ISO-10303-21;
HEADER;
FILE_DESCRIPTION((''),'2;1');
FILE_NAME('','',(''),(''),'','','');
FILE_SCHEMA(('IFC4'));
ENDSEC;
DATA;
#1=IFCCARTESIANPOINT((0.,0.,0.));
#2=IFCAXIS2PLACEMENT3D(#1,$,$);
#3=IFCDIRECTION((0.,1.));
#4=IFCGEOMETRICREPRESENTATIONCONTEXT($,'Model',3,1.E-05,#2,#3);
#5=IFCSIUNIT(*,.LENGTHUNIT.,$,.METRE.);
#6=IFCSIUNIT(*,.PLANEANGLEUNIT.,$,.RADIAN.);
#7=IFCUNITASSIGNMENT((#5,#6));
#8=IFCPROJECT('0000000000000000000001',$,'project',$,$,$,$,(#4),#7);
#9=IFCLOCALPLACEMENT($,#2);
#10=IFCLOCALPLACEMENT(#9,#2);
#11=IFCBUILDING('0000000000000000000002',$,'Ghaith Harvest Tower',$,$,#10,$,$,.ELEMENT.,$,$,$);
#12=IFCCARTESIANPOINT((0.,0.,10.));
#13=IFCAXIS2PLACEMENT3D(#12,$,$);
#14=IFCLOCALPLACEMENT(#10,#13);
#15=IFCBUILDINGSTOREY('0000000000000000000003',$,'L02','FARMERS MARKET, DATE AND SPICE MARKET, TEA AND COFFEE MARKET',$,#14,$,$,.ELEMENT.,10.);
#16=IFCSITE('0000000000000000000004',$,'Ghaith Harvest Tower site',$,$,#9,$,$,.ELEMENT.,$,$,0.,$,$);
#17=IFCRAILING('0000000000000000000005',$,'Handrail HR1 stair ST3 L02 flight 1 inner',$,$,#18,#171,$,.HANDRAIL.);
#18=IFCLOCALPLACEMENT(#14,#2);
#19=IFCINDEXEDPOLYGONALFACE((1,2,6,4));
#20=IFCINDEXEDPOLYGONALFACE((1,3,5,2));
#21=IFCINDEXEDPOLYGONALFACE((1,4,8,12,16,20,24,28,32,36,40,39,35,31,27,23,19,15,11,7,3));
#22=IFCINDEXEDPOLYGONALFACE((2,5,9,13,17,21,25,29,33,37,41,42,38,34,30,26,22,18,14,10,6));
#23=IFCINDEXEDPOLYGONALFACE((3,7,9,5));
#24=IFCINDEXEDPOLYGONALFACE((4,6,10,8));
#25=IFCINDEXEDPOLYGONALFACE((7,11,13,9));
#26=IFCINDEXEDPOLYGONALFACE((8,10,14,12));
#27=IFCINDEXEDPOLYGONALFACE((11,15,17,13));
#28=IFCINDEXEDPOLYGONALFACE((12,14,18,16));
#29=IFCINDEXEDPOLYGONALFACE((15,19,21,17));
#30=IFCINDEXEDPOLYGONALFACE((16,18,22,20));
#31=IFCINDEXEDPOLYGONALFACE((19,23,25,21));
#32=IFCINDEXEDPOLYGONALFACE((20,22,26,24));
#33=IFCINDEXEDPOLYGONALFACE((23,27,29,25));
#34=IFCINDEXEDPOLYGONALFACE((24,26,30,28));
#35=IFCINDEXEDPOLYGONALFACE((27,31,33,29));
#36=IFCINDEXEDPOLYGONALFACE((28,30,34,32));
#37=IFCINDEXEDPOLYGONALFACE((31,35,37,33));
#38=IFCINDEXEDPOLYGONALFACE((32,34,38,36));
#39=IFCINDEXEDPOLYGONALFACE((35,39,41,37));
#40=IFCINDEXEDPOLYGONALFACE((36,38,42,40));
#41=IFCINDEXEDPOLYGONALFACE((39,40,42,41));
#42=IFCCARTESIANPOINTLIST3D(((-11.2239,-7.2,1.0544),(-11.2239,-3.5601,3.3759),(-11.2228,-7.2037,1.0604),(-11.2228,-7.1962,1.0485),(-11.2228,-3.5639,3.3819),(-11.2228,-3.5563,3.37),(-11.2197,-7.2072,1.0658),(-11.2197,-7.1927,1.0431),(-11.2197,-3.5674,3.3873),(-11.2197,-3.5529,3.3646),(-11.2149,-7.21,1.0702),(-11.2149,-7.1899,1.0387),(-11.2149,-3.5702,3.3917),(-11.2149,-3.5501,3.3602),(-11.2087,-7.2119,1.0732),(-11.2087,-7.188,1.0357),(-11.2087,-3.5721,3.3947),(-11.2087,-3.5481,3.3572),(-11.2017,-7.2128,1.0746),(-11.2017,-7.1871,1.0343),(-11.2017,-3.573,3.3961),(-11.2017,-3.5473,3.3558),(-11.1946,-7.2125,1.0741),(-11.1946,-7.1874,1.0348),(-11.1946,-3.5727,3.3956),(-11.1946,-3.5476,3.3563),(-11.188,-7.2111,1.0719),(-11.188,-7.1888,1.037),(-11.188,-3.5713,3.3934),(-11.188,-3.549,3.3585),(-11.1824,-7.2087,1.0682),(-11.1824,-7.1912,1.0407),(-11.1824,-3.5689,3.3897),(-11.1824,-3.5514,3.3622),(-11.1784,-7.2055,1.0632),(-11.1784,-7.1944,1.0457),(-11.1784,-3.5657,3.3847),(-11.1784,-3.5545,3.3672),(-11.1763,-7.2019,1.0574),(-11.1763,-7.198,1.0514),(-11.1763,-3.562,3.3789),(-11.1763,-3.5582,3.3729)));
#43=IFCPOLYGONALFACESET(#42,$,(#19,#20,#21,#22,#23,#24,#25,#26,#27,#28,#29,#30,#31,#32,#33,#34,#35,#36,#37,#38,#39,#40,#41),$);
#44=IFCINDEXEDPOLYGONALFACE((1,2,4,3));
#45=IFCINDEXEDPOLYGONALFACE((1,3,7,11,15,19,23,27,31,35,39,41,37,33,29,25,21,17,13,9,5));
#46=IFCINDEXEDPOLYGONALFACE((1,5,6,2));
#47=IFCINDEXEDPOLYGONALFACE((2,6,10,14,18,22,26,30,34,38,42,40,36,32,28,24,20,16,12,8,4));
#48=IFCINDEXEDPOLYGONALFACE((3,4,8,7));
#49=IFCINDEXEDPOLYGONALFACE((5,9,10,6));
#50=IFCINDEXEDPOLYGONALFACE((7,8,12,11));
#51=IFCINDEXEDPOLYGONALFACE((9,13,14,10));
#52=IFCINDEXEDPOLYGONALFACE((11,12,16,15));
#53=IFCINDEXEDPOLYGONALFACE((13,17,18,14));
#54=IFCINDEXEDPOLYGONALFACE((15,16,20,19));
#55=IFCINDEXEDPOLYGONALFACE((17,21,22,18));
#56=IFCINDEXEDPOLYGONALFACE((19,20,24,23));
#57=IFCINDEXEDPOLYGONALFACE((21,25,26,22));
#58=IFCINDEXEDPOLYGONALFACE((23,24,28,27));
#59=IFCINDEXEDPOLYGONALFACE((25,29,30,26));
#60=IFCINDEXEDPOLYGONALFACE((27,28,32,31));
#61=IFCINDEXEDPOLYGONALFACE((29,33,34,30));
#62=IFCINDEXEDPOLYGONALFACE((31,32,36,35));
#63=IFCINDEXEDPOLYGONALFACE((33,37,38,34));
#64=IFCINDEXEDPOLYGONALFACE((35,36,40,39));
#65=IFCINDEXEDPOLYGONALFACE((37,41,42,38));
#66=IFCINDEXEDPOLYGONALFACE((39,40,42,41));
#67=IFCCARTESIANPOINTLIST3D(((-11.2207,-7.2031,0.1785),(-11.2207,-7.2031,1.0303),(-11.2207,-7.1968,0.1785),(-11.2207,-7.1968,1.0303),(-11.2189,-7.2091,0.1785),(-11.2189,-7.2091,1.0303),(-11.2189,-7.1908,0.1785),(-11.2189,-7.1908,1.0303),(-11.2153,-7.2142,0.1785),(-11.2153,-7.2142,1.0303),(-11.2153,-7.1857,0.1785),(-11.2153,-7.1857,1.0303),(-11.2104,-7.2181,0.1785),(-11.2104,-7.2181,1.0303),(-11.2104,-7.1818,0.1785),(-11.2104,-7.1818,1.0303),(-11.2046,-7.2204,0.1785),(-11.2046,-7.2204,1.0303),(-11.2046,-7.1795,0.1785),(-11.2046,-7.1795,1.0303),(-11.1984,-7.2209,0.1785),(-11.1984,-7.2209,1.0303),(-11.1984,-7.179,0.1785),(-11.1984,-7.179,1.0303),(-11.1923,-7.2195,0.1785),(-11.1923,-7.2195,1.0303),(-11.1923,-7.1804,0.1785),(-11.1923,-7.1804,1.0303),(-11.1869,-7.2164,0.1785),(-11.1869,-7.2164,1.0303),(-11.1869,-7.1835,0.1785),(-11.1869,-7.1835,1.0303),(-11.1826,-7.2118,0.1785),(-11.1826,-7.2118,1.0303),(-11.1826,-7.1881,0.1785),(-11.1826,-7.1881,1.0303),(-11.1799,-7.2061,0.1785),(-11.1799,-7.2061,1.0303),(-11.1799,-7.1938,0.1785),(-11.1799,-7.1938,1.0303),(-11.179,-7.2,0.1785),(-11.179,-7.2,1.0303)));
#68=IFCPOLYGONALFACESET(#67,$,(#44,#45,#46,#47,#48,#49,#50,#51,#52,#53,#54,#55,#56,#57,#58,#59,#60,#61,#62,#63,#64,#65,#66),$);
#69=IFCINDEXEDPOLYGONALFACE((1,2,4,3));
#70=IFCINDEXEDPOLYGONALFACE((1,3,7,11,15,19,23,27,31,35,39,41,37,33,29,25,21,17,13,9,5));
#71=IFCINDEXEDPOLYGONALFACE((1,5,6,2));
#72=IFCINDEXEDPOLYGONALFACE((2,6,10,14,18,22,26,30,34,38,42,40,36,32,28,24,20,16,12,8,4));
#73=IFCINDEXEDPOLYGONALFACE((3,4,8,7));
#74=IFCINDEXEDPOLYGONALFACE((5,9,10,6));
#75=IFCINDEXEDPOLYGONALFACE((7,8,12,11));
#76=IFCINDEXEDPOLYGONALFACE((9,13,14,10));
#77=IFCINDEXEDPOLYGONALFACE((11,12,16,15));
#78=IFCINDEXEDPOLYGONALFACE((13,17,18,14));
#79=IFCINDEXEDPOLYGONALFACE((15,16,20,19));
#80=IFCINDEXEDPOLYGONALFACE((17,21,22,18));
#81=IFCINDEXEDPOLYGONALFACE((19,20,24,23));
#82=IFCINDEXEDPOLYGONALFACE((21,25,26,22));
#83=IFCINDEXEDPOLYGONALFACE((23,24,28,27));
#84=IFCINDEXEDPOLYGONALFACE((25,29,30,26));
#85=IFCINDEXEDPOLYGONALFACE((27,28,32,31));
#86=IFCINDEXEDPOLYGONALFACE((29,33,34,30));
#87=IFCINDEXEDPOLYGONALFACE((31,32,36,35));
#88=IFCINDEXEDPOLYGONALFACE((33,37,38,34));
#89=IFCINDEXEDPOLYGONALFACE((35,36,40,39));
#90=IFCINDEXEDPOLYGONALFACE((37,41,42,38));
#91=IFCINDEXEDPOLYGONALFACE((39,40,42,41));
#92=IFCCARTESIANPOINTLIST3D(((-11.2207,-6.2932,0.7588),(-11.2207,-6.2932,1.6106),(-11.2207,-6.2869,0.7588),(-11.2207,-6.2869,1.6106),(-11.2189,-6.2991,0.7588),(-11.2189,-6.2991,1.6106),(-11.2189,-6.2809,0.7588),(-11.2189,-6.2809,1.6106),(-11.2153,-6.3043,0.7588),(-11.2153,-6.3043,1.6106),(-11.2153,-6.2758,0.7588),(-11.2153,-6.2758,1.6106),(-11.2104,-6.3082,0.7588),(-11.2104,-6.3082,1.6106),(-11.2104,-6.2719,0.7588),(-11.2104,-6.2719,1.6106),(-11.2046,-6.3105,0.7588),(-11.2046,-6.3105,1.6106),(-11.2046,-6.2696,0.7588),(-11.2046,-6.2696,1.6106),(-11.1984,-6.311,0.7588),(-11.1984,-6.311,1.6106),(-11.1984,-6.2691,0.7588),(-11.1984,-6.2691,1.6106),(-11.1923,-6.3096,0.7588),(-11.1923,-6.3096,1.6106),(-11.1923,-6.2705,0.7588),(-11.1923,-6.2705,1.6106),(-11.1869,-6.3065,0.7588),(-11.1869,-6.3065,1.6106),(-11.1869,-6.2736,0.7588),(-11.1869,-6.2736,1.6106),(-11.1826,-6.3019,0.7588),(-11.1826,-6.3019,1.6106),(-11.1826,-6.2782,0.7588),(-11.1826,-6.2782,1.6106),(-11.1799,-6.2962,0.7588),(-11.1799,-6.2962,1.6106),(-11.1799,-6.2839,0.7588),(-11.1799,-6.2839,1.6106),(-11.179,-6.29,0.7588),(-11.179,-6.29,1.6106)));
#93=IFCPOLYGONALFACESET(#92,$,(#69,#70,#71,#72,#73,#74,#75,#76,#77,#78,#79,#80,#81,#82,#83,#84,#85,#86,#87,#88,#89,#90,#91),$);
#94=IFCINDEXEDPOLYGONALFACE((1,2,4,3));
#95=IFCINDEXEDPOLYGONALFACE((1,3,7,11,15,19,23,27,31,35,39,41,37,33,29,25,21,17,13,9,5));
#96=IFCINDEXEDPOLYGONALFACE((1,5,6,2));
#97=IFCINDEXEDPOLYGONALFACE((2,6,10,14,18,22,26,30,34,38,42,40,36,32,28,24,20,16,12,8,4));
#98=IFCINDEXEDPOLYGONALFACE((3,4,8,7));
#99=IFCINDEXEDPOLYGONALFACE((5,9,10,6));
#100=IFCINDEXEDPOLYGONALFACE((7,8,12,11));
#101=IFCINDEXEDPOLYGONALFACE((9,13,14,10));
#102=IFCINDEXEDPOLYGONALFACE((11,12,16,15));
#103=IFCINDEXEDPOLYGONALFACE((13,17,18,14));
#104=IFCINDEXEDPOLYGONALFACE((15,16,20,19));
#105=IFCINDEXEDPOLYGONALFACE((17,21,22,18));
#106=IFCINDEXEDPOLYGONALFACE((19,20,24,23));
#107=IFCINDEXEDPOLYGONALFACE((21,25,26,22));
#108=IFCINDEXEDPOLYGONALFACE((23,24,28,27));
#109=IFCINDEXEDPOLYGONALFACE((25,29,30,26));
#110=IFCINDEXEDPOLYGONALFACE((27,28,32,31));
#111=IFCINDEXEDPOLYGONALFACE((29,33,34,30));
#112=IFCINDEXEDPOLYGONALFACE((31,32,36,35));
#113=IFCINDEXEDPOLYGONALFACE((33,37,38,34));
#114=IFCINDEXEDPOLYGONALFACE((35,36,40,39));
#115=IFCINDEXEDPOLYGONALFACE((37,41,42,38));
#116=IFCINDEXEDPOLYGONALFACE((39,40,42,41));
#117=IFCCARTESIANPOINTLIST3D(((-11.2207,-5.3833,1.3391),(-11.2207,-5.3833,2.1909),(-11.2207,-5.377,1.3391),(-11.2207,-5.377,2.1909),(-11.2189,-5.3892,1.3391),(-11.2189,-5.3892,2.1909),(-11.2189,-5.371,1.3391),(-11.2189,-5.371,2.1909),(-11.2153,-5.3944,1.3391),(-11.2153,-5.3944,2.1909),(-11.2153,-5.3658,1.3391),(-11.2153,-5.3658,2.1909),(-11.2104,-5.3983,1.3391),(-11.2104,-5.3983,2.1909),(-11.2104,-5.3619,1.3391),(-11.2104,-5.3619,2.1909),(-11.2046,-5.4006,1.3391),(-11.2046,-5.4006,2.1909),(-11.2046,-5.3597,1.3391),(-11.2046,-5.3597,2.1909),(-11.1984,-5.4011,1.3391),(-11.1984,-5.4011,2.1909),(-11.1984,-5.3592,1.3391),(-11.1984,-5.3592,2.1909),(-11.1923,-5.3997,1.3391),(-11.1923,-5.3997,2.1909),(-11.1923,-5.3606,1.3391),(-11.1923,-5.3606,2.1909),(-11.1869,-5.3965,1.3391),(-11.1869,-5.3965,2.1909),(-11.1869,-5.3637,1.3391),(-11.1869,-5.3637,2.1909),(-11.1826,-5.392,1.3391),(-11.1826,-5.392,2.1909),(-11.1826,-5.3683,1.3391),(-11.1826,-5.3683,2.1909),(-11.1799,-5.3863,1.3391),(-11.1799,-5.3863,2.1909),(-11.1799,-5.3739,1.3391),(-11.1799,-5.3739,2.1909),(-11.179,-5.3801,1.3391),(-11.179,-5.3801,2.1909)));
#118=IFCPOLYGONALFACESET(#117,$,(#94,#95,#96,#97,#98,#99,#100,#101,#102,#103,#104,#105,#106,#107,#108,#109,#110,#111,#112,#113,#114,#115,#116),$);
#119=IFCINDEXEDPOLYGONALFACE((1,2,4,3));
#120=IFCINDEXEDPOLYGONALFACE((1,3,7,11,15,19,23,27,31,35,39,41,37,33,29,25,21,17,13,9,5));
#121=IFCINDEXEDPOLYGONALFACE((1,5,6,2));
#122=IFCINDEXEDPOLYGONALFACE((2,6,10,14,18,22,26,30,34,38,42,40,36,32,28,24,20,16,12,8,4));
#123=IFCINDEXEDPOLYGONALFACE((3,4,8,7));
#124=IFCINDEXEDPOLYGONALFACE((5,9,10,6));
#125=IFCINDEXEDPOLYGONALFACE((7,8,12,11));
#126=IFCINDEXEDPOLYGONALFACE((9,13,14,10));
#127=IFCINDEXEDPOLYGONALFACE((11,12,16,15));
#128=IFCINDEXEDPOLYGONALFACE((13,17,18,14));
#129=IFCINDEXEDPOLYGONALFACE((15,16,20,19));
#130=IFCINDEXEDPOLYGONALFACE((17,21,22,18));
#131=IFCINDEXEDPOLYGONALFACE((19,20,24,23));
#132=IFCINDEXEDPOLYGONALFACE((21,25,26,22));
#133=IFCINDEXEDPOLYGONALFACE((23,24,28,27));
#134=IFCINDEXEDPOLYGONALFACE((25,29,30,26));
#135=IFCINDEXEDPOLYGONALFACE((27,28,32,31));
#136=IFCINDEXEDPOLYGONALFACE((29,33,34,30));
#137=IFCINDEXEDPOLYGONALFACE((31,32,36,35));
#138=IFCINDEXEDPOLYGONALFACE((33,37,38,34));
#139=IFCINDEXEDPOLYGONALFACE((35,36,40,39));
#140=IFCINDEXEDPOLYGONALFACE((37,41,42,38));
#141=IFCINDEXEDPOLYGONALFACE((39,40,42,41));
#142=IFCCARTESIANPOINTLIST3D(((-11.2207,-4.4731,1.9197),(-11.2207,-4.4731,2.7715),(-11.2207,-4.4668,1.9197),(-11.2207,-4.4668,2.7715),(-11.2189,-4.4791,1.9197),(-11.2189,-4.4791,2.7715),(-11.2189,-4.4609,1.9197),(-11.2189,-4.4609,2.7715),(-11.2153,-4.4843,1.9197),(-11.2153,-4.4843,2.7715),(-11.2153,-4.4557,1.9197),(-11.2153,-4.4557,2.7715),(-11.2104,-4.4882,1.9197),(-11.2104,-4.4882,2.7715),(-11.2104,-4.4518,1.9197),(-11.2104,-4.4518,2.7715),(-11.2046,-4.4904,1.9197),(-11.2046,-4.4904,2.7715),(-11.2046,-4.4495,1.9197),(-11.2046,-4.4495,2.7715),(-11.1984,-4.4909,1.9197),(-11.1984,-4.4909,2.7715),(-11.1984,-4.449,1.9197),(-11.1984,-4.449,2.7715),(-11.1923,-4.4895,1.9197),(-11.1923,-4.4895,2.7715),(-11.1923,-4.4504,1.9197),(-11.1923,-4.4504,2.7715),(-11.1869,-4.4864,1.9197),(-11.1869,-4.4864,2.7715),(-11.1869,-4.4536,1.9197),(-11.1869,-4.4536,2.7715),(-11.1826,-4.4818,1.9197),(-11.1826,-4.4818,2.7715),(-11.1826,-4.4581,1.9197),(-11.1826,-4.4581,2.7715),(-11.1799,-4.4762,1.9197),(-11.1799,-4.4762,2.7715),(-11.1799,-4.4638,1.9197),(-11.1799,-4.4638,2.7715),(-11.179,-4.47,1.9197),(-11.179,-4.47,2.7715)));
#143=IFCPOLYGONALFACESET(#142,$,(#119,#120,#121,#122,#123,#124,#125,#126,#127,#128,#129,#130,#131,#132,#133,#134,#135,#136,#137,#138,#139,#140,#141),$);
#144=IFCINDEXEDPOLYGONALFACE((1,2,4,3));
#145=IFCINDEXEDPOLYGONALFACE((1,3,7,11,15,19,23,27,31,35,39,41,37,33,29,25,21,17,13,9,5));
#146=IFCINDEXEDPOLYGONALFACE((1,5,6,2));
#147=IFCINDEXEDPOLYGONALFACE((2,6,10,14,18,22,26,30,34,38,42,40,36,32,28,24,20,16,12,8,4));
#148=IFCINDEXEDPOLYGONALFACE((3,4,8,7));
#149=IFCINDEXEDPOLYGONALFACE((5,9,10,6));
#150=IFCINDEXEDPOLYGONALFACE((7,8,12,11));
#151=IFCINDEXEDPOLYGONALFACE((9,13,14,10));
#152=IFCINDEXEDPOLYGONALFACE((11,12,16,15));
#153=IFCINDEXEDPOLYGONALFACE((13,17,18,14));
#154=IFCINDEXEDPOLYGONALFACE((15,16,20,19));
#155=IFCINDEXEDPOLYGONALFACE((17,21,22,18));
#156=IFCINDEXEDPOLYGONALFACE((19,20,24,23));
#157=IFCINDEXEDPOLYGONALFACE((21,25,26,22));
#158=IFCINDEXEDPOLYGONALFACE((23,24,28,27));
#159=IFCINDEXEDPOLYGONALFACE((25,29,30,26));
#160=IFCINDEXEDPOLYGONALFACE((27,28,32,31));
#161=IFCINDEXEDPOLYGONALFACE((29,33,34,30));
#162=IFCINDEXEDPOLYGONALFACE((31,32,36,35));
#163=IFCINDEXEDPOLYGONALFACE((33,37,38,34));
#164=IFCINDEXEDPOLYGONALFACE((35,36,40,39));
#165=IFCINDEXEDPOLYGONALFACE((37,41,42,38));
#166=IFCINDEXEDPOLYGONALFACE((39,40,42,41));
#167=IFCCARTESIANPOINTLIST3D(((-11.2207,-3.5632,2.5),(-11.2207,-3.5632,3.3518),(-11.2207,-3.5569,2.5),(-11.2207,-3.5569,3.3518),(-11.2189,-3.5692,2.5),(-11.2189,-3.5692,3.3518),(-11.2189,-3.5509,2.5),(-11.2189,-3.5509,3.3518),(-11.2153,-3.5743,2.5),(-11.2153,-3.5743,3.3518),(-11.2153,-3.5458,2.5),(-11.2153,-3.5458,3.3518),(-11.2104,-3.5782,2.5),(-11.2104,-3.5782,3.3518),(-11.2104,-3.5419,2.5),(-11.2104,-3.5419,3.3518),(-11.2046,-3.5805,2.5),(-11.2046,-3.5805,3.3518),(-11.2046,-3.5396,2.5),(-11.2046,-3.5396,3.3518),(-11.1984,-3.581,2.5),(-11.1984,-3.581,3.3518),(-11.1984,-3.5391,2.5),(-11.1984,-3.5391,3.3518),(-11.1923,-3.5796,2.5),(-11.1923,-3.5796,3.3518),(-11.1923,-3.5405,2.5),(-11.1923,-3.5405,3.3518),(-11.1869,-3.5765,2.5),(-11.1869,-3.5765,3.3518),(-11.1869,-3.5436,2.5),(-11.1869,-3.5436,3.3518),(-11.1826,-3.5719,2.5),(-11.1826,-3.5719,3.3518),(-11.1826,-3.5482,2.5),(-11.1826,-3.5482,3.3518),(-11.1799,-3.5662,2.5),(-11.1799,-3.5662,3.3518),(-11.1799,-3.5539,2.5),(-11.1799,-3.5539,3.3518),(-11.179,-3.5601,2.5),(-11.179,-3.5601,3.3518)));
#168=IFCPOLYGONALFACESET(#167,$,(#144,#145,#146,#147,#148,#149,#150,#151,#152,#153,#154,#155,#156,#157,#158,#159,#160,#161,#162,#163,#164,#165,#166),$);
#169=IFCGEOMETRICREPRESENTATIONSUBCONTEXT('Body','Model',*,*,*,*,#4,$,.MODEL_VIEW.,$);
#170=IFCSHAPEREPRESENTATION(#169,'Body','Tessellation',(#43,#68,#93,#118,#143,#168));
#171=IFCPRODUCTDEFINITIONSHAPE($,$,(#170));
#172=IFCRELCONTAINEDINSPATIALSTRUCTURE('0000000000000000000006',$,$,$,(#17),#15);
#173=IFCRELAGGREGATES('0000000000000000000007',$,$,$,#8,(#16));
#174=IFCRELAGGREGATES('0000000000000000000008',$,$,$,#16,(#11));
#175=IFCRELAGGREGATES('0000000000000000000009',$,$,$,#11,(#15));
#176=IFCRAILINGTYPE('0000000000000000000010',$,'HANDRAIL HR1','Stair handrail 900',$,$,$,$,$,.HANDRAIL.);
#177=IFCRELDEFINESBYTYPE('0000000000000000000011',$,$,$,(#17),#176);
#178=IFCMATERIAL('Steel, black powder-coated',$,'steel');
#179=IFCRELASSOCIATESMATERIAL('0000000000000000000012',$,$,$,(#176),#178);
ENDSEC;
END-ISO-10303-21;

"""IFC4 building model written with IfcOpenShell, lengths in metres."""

from ifc_helpers import new_model, si_unit, direction, frame, origin, origin_2d, place, context, subcontext, project, spatial, circle, extrude, material, type_object, element, save


model = new_model("IFC4")

# Units and contexts
model_context = context("Model", 3, precision=1e-05, world=origin(), true_north=direction((0.0, 1.0)))
body_context = subcontext(model_context, "Body", "Model", "MODEL_VIEW")
ifc_project = project(units=[si_unit("LENGTHUNIT", "METRE"), si_unit("PLANEANGLEUNIT", "RADIAN")], contexts=[model_context])

# Site, building, storey
site_placement = place(None, origin())
site = spatial("IfcSite", under=ifc_project, at=site_placement, Name="Ghaith Harvest Tower site", CompositionType="ELEMENT", RefElevation=0.0)
building_placement = place(site_placement, origin())
building = spatial("IfcBuilding", under=site, at=building_placement, Name="Ghaith Harvest Tower", CompositionType="ELEMENT")
storey_placement = place(building_placement, frame((0.0, 0.0, 10.0)))
storey = spatial("IfcBuildingStorey", under=building, at=storey_placement, Name="L02", Description="FARMERS MARKET, DATE AND SPICE MARKET, TEA AND COFFEE MARKET", CompositionType="ELEMENT", Elevation=10.0)

# Railing
ifc_material_1 = material(Name="Steel, black powder-coated", Category="steel")
railing_type = type_object("IfcRailingType", Name="HANDRAIL HR1", Description="Stair handrail 900", PredefinedType="HANDRAIL", material=ifc_material_1)
railing_1_placement = place(storey_placement, frame((-11.2, -7.2, 0.1785)))
element("IfcRailing", 1, at=railing_1_placement, inside=storey, type_object=railing_type, Name="Handrail HR1 stair ST3 L02 flight 1 inner", PredefinedType="HANDRAIL", context=body_context, shape_type="SweptSolid", body=[
    extrude(circle(Radius=0.0239, at=origin_2d()), frame((0.0, 0.0, 0.876), z_axis=(0.0, 0.843112, 0.537739), x_axis=(-1.0, 0.0, 0.0)), (0.0, 0.0, 1.0), 4.3171),
    extrude(circle(Radius=0.021, at=origin_2d()), origin(), (0.0, 0.0, 1.0), 0.8518),
    extrude(circle(Radius=0.021, at=origin_2d()), frame((0.0, 0.9099, 0.5803)), (0.0, 0.0, 1.0), 0.8518),
    extrude(circle(Radius=0.021, at=origin_2d()), frame((0.0, 1.8198, 1.1606)), (0.0, 0.0, 1.0), 0.8518),
    extrude(circle(Radius=0.021, at=origin_2d()), frame((0.0, 2.73, 1.7412)), (0.0, 0.0, 1.0), 0.8518),
    extrude(circle(Radius=0.021, at=origin_2d()), frame((0.0, 3.6399, 2.3215)), (0.0, 0.0, 1.0), 0.8518),
])

save(model, "model.ifc")
